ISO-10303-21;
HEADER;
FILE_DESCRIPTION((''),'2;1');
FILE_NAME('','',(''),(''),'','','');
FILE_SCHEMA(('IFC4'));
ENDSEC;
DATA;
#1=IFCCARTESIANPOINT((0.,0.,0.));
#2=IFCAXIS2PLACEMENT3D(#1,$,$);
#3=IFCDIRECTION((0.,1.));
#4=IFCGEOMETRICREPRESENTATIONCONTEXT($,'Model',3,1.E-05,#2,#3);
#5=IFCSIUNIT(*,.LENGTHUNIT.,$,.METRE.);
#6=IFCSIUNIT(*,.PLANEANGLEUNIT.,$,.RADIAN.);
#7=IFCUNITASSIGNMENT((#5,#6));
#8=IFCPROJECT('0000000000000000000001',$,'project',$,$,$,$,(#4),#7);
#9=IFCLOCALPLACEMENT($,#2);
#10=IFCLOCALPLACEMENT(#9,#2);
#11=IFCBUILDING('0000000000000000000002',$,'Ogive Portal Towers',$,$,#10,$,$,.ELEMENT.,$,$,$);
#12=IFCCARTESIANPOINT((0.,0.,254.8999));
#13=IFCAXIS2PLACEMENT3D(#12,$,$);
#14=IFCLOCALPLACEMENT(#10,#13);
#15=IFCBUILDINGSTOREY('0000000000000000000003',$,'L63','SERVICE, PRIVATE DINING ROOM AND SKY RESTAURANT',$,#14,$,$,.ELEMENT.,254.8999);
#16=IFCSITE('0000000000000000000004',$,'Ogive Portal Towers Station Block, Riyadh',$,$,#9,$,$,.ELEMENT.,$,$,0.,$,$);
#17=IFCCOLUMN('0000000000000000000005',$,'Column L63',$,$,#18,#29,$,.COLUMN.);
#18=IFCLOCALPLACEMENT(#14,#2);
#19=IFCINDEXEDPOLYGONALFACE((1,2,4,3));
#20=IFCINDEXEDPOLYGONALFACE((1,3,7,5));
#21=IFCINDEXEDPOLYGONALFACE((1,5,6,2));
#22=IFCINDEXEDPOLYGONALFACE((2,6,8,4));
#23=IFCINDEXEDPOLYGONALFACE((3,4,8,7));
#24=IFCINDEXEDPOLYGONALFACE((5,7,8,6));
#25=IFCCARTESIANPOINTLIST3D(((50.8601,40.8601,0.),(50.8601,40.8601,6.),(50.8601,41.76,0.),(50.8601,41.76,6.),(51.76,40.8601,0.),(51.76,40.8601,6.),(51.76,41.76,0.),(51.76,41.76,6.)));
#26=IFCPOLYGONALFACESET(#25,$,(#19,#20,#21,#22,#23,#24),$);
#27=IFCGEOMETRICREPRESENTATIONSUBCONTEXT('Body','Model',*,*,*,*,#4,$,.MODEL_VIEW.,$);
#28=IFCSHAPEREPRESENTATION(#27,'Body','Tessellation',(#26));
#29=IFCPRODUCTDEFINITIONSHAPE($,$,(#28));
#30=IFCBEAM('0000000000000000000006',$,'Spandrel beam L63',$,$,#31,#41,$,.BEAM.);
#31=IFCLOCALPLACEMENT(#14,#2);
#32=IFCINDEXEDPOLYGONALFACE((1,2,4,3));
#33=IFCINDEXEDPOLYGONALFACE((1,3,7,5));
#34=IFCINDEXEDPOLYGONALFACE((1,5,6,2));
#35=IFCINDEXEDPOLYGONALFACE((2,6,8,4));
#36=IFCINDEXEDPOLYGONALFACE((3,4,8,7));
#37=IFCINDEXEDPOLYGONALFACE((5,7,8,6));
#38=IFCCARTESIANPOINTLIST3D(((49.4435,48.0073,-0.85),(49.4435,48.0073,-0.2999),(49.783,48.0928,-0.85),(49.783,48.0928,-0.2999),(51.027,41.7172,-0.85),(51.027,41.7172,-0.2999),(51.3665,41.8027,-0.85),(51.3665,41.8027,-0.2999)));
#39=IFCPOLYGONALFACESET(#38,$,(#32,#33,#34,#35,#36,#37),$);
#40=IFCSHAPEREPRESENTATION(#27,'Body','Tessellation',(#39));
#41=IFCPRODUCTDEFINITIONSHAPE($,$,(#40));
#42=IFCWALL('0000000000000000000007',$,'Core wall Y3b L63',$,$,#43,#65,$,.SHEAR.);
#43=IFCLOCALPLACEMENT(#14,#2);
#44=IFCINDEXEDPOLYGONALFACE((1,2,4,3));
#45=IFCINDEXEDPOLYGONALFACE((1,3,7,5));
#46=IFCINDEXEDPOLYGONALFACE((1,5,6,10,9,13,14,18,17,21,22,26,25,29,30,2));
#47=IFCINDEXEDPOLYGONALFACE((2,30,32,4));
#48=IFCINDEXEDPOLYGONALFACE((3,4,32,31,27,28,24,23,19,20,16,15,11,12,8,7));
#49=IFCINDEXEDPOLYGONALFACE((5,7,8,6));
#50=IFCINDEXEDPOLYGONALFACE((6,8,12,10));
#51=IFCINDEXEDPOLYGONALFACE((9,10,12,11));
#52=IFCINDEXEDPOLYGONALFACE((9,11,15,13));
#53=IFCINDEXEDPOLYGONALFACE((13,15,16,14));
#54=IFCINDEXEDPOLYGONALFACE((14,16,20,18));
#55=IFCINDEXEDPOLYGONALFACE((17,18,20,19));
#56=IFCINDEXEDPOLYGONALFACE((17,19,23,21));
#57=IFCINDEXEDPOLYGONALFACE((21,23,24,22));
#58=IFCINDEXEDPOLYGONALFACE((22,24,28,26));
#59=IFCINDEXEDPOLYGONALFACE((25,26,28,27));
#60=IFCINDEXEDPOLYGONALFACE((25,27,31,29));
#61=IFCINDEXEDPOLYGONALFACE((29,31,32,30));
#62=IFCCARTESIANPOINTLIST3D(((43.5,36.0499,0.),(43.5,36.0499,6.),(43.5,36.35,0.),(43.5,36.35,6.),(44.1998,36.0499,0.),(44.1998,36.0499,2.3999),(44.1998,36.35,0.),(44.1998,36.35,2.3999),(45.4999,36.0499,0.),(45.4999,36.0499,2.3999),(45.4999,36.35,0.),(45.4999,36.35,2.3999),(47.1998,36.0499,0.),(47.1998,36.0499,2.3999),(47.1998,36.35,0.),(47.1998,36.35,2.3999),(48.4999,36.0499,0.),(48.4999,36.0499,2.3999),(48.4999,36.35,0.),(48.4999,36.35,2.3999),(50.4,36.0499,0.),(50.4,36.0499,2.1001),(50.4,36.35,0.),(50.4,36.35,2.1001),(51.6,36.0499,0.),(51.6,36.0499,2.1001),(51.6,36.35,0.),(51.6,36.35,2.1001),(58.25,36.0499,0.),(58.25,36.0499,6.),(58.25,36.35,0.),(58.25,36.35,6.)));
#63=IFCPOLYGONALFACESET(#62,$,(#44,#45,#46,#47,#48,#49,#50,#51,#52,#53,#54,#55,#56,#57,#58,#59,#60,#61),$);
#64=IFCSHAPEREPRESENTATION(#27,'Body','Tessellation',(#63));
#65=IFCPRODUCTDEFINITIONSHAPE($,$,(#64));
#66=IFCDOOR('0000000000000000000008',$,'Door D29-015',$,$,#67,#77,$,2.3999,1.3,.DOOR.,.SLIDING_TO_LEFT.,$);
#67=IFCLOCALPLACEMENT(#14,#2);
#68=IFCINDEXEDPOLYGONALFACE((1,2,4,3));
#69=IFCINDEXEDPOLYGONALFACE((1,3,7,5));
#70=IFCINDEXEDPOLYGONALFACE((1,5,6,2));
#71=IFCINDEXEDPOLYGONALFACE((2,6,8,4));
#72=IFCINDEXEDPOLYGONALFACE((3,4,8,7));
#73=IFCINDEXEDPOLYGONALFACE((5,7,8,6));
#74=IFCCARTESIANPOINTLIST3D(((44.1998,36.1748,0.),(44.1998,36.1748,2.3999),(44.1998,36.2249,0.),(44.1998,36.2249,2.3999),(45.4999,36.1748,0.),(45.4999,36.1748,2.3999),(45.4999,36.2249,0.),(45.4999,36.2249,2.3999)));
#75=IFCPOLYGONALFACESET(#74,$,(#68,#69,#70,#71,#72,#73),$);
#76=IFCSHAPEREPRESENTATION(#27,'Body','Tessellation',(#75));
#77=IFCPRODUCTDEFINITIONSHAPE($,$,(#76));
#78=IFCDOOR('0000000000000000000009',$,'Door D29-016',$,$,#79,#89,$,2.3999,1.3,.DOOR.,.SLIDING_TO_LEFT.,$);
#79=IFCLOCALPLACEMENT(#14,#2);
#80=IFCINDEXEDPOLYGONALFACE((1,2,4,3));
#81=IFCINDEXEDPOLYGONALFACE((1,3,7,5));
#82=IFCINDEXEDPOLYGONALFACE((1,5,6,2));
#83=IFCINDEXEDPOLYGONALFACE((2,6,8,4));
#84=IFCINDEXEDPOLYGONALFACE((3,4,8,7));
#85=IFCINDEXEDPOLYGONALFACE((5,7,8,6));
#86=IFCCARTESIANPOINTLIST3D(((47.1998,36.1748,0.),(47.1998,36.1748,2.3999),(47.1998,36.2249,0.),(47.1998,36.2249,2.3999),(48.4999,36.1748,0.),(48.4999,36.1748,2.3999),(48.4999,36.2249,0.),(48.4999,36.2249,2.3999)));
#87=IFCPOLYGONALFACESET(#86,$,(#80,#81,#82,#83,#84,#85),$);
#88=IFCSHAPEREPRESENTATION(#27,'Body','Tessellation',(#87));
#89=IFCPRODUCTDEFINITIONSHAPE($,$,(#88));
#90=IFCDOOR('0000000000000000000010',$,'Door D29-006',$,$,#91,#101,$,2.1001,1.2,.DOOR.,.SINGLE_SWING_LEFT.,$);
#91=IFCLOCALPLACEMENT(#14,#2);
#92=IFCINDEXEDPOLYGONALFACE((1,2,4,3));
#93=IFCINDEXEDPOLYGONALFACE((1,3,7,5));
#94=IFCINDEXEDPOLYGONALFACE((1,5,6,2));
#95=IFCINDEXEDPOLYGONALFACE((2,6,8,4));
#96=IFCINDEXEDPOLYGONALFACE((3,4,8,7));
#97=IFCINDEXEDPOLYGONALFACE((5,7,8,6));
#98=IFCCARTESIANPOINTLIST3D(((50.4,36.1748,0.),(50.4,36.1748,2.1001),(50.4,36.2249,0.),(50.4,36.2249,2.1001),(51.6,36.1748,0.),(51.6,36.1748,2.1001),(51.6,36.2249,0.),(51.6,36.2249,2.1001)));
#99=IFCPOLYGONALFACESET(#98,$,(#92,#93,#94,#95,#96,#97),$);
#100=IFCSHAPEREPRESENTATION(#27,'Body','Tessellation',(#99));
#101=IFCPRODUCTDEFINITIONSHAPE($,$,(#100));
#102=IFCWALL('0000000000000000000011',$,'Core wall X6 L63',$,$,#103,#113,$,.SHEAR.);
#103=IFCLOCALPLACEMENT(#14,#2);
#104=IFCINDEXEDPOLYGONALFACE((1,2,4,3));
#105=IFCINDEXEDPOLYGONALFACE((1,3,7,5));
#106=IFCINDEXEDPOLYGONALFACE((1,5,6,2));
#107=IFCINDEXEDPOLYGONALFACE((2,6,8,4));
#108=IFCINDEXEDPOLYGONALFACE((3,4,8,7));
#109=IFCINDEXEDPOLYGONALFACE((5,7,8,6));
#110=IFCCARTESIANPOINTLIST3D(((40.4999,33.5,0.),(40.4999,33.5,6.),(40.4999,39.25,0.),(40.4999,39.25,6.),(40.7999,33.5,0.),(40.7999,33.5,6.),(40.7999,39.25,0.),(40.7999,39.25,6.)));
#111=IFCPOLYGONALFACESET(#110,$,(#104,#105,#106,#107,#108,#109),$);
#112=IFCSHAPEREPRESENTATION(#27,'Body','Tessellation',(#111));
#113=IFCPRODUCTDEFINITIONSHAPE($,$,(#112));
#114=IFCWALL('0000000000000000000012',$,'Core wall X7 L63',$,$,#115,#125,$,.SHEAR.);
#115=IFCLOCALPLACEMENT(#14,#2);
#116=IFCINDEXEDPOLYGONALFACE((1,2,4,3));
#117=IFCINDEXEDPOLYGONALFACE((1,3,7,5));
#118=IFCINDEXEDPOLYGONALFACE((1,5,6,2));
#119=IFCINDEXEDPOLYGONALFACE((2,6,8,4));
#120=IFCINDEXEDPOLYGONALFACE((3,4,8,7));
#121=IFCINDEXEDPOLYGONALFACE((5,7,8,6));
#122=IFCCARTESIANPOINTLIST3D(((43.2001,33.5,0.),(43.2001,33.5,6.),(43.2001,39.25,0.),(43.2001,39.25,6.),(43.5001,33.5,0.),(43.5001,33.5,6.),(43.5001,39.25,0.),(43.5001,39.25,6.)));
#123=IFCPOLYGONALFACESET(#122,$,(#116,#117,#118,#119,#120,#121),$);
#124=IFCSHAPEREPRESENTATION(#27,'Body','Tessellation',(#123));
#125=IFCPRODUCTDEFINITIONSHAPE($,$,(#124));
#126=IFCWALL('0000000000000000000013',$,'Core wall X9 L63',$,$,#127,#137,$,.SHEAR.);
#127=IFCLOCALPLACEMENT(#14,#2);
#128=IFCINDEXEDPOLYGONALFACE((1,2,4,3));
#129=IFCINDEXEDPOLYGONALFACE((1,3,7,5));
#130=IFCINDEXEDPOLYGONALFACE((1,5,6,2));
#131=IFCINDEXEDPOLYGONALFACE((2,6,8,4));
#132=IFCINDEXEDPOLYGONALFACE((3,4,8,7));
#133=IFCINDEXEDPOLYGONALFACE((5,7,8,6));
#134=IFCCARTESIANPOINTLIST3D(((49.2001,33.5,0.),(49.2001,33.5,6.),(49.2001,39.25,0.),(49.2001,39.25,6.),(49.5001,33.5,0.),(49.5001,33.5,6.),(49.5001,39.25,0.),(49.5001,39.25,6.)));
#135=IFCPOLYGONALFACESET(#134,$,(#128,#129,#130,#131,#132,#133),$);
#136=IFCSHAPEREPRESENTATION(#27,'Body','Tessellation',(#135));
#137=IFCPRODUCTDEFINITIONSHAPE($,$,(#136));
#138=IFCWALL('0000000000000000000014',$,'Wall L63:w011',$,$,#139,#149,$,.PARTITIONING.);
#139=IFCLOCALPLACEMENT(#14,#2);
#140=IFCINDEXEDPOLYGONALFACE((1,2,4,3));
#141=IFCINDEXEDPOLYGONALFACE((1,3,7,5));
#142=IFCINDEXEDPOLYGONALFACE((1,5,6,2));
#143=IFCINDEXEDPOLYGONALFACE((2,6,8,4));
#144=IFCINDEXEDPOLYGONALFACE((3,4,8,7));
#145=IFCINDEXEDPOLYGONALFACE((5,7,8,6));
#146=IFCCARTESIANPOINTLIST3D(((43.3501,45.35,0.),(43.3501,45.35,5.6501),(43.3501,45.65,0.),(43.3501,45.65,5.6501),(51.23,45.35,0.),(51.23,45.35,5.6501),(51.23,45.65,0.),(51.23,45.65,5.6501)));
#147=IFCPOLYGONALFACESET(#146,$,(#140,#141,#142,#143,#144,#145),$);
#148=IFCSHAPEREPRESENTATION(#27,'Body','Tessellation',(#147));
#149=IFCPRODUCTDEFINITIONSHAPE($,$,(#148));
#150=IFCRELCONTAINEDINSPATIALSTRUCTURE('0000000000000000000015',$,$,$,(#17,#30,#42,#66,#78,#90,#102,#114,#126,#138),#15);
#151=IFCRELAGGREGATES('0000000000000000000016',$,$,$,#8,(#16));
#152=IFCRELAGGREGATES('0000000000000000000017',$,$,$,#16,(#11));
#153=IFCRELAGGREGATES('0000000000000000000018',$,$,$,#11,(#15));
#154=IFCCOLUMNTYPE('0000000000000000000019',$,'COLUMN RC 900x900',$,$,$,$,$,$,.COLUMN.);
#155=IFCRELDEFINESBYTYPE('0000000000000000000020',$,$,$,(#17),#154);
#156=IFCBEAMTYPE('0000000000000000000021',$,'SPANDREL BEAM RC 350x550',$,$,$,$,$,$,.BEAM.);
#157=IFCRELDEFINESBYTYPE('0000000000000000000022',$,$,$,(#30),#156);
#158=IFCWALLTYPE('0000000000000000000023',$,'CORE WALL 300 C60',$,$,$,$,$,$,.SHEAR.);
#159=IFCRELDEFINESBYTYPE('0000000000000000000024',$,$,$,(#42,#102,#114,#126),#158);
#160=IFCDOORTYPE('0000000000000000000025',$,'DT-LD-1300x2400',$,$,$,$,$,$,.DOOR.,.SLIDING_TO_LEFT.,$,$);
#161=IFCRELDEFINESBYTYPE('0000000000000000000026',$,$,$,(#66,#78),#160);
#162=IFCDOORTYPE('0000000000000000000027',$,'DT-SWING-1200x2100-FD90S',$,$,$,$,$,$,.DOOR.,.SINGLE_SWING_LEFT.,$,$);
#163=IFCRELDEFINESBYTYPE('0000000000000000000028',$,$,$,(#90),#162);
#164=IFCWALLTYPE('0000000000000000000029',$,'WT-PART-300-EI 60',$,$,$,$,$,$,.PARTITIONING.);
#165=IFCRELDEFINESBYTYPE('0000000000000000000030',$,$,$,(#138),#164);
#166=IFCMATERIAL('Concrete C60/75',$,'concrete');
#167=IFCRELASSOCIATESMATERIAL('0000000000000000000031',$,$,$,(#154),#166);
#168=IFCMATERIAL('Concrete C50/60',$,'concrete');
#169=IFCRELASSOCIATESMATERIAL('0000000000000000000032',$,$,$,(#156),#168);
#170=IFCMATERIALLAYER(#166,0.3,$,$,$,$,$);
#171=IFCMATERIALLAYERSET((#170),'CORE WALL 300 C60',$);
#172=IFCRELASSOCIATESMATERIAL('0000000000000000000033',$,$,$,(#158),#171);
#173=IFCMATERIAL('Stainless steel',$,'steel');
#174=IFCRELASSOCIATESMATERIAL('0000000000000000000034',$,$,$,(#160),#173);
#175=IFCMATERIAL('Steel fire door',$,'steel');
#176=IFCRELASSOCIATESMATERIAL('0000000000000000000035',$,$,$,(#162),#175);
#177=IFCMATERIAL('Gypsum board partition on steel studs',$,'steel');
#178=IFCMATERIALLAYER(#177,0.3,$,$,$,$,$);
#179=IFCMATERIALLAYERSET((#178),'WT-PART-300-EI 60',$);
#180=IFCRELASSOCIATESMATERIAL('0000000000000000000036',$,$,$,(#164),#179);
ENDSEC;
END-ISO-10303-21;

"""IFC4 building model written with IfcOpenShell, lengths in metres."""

from ifc_helpers import new_model, si_unit, direction, frame, frame_2d, origin, origin_2d, place, context, subcontext, project, spatial, rectangle, extrude, material, layer, layer_set, material_profile, profile_set, type_object, element, fill, save


model = new_model("IFC4")

# Units and contexts
model_context = context("Model", 3, precision=1e-05, world=origin(), true_north=direction((0.0, 1.0)))
body_context = subcontext(model_context, "Body", "Model", "MODEL_VIEW")
ifc_project = project(units=[si_unit("LENGTHUNIT", "METRE"), si_unit("PLANEANGLEUNIT", "RADIAN")], contexts=[model_context])

# Site, building, storey
site_placement = place(None, origin())
site = spatial("IfcSite", under=ifc_project, at=site_placement, Name="Ogive Portal Towers Station Block, Riyadh", CompositionType="ELEMENT", RefElevation=0.0)
building_placement = place(site_placement, origin())
building = spatial("IfcBuilding", under=site, at=building_placement, Name="Ogive Portal Towers", CompositionType="ELEMENT")
storey_placement = place(building_placement, frame((0.0, 0.0, 254.8999)))
storey = spatial("IfcBuildingStorey", under=building, at=storey_placement, Name="L63", Description="SERVICE, PRIVATE DINING ROOM AND SKY RESTAURANT", CompositionType="ELEMENT", Elevation=254.8999)

# Column
ifc_material_1 = material(Name="Concrete C60/75", Category="concrete")
ifc_material_profile_1 = material_profile(ifc_material_1, rectangle(XDim=0.8999, YDim=0.8999, at=origin_2d()), Name="RC 900x900")
ifc_profile_set_1 = profile_set([ifc_material_profile_1], Name="Concrete C60/75")
column_type = type_object("IfcColumnType", Name="COLUMN RC 900x900", PredefinedType="COLUMN", material=ifc_profile_set_1)
column_placement = place(storey_placement, frame((51.3101, 41.3101, 0.0), z_axis=(0.0, 0.0, 1.0), x_axis=(1.0, 0.0, 0.0)))
element("IfcColumn", 1, at=column_placement, inside=storey, type_object=column_type, Name="Column L63", PredefinedType="COLUMN", context=body_context, shape_type="SweptSolid", body=[
    extrude(rectangle(XDim=0.8999, YDim=0.8999, at=origin_2d()), origin(), (0.0, 0.0, 1.0), 6.0),
])

# Beam
ifc_material_2 = material(Name="Concrete C50/60", Category="concrete")
ifc_material_profile_2 = material_profile(ifc_material_2, rectangle(XDim=0.3501, YDim=0.55, at=origin_2d()), Name="RC 350x550")
ifc_profile_set_2 = profile_set([ifc_material_profile_2], Name="Concrete C50/60")
beam_type = type_object("IfcBeamType", Name="SPANDREL BEAM RC 350x550", PredefinedType="BEAM", material=ifc_profile_set_2)
beam_placement = place(storey_placement, frame((49.6133, 48.05, -0.575), z_axis=(0.244129, -0.969743, 0.0), x_axis=(0.969743, 0.244129, 0.0)))
element("IfcBeam", 2, at=beam_placement, inside=storey, type_object=beam_type, Name="Spandrel beam L63", PredefinedType="BEAM", context=body_context, shape_type="SweptSolid", body=[
    extrude(rectangle(XDim=0.3501, YDim=0.55, at=origin_2d()), origin(), (0.0, 0.0, 1.0), 6.4863),
])

# Wall, openings, doors
ifc_layer_1 = layer(ifc_material_1, 0.3)
ifc_layer_set_1 = layer_set([ifc_layer_1], Name="CORE WALL 300 C60")
wall_type_1 = type_object("IfcWallType", Name="CORE WALL 300 C60", PredefinedType="SHEAR", material=ifc_layer_set_1)
wall_1_placement = place(storey_placement, frame((43.5, 36.2, 0.0), z_axis=(0.0, 0.0, 1.0), x_axis=(1.0, 0.0, 0.0)))
wall_1 = element("IfcWall", 3, at=wall_1_placement, inside=storey, type_object=wall_type_1, Name="Core wall Y3b L63", PredefinedType="SHEAR", context=body_context, shape_type="SweptSolid", body=[
    extrude(rectangle(XDim=14.75, YDim=0.3, at=frame_2d((7.375, 0.0))), origin(), (0.0, 0.0, 1.0), 6.0),
])
opening_1_placement = place(wall_1_placement, frame((6.8999, 0.0, 0.0)))
opening_1 = element("IfcOpeningElement", 4, at=opening_1_placement, cuts=wall_1, PredefinedType="OPENING", context=body_context, shape_type="SweptSolid", body=[
    extrude(rectangle(XDim=1.2, YDim=2.1001, at=frame_2d((0.6001, 1.05))), frame((0.0, 0.1602, 0.0), z_axis=(0.0, -1.0, 0.0), x_axis=(1.0, 0.0, 0.0)), (0.0, 0.0, 1.0), 0.3201),
])
opening_2_placement = place(wall_1_placement, frame((0.7, 0.0, 0.0)))
opening_2 = element("IfcOpeningElement", 5, at=opening_2_placement, cuts=wall_1, PredefinedType="OPENING", context=body_context, shape_type="SweptSolid", body=[
    extrude(rectangle(XDim=1.3, YDim=2.3999, at=frame_2d((0.6499, 1.2))), frame((0.0, 0.1602, 0.0), z_axis=(0.0, -1.0, 0.0), x_axis=(1.0, 0.0, 0.0)), (0.0, 0.0, 1.0), 0.3201),
])
opening_3_placement = place(wall_1_placement, frame((3.7, 0.0, 0.0)))
opening_3 = element("IfcOpeningElement", 6, at=opening_3_placement, cuts=wall_1, PredefinedType="OPENING", context=body_context, shape_type="SweptSolid", body=[
    extrude(rectangle(XDim=1.3, YDim=2.3999, at=frame_2d((0.6499, 1.2))), frame((0.0, 0.1602, 0.0), z_axis=(0.0, -1.0, 0.0), x_axis=(1.0, 0.0, 0.0)), (0.0, 0.0, 1.0), 0.3201),
])
ifc_material_3 = material(Name="Stainless steel", Category="steel")
door_type_1 = type_object("IfcDoorType", Name="DT-LD-1300x2400", OperationType="SLIDING_TO_LEFT", PredefinedType="DOOR", material=ifc_material_3)
door_1_placement = place(opening_2_placement, origin())
door_1 = element("IfcDoor", 7, at=door_1_placement, inside=storey, type_object=door_type_1, Name="Door D29-015", OperationType="SLIDING_TO_LEFT", OverallHeight=2.3999, OverallWidth=1.3, PredefinedType="DOOR", context=body_context, shape_type="SweptSolid", body=[
    extrude(rectangle(XDim=1.3, YDim=2.3999, at=frame_2d((0.6499, 1.2))), frame((0.0, 0.0249, 0.0), z_axis=(0.0, -1.0, 0.0), x_axis=(1.0, 0.0, 0.0)), (0.0, 0.0, 1.0), 0.05),
])
fill(opening_2, door_1)
door_2_placement = place(opening_3_placement, origin())
door_2 = element("IfcDoor", 8, at=door_2_placement, inside=storey, type_object=door_type_1, Name="Door D29-016", OperationType="SLIDING_TO_LEFT", OverallHeight=2.3999, OverallWidth=1.3, PredefinedType="DOOR", context=body_context, shape_type="SweptSolid", body=[
    extrude(rectangle(XDim=1.3, YDim=2.3999, at=frame_2d((0.6499, 1.2))), frame((0.0, 0.0249, 0.0), z_axis=(0.0, -1.0, 0.0), x_axis=(1.0, 0.0, 0.0)), (0.0, 0.0, 1.0), 0.05),
])
fill(opening_3, door_2)
ifc_material_4 = material(Name="Steel fire door", Category="steel")
door_type_2 = type_object("IfcDoorType", Name="DT-SWING-1200x2100-FD90S", OperationType="SINGLE_SWING_LEFT", PredefinedType="DOOR", material=ifc_material_4)
door_3_placement = place(opening_1_placement, origin())
door_3 = element("IfcDoor", 9, at=door_3_placement, inside=storey, type_object=door_type_2, Name="Door D29-006", OperationType="SINGLE_SWING_LEFT", OverallHeight=2.1001, OverallWidth=1.2, PredefinedType="DOOR", context=body_context, shape_type="SweptSolid", body=[
    extrude(rectangle(XDim=1.2, YDim=2.1001, at=frame_2d((0.6001, 1.05))), frame((0.0, 0.0249, 0.0), z_axis=(0.0, -1.0, 0.0), x_axis=(1.0, 0.0, 0.0)), (0.0, 0.0, 1.0), 0.05),
])
fill(opening_1, door_3)

# Walls
for number, where, z_axis, x_axis, name in (
    (10, (40.6499, 33.5, 0.0), (0.0, 0.0, 1.0), (0.0, 1.0, 0.0), "Core wall X6 L63"),
    (11, (43.3501, 33.5, 0.0), (0.0, 0.0, 1.0), (0.0, 1.0, 0.0), "Core wall X7 L63"),
    (12, (49.3501, 33.5, 0.0), (0.0, 0.0, 1.0), (0.0, 1.0, 0.0), "Core wall X9 L63"),
):
    element("IfcWall", number, at=place(storey_placement, frame(where, z_axis=z_axis, x_axis=x_axis)), inside=storey, type_object=wall_type_1, Name=name, PredefinedType="SHEAR", context=body_context, shape_type="SweptSolid", body=[
        extrude(rectangle(XDim=5.75, YDim=0.3, at=frame_2d((2.875, 0.0))), origin(), (0.0, 0.0, 1.0), 6.0),
    ])
ifc_material_5 = material(Name="Gypsum board partition on steel studs", Category="steel")
ifc_layer_2 = layer(ifc_material_5, 0.3)
ifc_layer_set_2 = layer_set([ifc_layer_2], Name="WT-PART-300-EI 60")
wall_type_2 = type_object("IfcWallType", Name="WT-PART-300-EI 60", PredefinedType="PARTITIONING", material=ifc_layer_set_2)
wall_2_placement = place(storey_placement, frame((43.3501, 45.5, 0.0), z_axis=(0.0, 0.0, 1.0), x_axis=(1.0, 0.0, 0.0)))
element("IfcWall", 13, at=wall_2_placement, inside=storey, type_object=wall_type_2, Name="Wall L63:w011", PredefinedType="PARTITIONING", context=body_context, shape_type="SweptSolid", body=[
    extrude(rectangle(XDim=7.8799, YDim=0.3, at=frame_2d((3.9399, 0.0))), origin(), (0.0, 0.0, 1.0), 5.6501),
])

save(model, "model.ifc")
